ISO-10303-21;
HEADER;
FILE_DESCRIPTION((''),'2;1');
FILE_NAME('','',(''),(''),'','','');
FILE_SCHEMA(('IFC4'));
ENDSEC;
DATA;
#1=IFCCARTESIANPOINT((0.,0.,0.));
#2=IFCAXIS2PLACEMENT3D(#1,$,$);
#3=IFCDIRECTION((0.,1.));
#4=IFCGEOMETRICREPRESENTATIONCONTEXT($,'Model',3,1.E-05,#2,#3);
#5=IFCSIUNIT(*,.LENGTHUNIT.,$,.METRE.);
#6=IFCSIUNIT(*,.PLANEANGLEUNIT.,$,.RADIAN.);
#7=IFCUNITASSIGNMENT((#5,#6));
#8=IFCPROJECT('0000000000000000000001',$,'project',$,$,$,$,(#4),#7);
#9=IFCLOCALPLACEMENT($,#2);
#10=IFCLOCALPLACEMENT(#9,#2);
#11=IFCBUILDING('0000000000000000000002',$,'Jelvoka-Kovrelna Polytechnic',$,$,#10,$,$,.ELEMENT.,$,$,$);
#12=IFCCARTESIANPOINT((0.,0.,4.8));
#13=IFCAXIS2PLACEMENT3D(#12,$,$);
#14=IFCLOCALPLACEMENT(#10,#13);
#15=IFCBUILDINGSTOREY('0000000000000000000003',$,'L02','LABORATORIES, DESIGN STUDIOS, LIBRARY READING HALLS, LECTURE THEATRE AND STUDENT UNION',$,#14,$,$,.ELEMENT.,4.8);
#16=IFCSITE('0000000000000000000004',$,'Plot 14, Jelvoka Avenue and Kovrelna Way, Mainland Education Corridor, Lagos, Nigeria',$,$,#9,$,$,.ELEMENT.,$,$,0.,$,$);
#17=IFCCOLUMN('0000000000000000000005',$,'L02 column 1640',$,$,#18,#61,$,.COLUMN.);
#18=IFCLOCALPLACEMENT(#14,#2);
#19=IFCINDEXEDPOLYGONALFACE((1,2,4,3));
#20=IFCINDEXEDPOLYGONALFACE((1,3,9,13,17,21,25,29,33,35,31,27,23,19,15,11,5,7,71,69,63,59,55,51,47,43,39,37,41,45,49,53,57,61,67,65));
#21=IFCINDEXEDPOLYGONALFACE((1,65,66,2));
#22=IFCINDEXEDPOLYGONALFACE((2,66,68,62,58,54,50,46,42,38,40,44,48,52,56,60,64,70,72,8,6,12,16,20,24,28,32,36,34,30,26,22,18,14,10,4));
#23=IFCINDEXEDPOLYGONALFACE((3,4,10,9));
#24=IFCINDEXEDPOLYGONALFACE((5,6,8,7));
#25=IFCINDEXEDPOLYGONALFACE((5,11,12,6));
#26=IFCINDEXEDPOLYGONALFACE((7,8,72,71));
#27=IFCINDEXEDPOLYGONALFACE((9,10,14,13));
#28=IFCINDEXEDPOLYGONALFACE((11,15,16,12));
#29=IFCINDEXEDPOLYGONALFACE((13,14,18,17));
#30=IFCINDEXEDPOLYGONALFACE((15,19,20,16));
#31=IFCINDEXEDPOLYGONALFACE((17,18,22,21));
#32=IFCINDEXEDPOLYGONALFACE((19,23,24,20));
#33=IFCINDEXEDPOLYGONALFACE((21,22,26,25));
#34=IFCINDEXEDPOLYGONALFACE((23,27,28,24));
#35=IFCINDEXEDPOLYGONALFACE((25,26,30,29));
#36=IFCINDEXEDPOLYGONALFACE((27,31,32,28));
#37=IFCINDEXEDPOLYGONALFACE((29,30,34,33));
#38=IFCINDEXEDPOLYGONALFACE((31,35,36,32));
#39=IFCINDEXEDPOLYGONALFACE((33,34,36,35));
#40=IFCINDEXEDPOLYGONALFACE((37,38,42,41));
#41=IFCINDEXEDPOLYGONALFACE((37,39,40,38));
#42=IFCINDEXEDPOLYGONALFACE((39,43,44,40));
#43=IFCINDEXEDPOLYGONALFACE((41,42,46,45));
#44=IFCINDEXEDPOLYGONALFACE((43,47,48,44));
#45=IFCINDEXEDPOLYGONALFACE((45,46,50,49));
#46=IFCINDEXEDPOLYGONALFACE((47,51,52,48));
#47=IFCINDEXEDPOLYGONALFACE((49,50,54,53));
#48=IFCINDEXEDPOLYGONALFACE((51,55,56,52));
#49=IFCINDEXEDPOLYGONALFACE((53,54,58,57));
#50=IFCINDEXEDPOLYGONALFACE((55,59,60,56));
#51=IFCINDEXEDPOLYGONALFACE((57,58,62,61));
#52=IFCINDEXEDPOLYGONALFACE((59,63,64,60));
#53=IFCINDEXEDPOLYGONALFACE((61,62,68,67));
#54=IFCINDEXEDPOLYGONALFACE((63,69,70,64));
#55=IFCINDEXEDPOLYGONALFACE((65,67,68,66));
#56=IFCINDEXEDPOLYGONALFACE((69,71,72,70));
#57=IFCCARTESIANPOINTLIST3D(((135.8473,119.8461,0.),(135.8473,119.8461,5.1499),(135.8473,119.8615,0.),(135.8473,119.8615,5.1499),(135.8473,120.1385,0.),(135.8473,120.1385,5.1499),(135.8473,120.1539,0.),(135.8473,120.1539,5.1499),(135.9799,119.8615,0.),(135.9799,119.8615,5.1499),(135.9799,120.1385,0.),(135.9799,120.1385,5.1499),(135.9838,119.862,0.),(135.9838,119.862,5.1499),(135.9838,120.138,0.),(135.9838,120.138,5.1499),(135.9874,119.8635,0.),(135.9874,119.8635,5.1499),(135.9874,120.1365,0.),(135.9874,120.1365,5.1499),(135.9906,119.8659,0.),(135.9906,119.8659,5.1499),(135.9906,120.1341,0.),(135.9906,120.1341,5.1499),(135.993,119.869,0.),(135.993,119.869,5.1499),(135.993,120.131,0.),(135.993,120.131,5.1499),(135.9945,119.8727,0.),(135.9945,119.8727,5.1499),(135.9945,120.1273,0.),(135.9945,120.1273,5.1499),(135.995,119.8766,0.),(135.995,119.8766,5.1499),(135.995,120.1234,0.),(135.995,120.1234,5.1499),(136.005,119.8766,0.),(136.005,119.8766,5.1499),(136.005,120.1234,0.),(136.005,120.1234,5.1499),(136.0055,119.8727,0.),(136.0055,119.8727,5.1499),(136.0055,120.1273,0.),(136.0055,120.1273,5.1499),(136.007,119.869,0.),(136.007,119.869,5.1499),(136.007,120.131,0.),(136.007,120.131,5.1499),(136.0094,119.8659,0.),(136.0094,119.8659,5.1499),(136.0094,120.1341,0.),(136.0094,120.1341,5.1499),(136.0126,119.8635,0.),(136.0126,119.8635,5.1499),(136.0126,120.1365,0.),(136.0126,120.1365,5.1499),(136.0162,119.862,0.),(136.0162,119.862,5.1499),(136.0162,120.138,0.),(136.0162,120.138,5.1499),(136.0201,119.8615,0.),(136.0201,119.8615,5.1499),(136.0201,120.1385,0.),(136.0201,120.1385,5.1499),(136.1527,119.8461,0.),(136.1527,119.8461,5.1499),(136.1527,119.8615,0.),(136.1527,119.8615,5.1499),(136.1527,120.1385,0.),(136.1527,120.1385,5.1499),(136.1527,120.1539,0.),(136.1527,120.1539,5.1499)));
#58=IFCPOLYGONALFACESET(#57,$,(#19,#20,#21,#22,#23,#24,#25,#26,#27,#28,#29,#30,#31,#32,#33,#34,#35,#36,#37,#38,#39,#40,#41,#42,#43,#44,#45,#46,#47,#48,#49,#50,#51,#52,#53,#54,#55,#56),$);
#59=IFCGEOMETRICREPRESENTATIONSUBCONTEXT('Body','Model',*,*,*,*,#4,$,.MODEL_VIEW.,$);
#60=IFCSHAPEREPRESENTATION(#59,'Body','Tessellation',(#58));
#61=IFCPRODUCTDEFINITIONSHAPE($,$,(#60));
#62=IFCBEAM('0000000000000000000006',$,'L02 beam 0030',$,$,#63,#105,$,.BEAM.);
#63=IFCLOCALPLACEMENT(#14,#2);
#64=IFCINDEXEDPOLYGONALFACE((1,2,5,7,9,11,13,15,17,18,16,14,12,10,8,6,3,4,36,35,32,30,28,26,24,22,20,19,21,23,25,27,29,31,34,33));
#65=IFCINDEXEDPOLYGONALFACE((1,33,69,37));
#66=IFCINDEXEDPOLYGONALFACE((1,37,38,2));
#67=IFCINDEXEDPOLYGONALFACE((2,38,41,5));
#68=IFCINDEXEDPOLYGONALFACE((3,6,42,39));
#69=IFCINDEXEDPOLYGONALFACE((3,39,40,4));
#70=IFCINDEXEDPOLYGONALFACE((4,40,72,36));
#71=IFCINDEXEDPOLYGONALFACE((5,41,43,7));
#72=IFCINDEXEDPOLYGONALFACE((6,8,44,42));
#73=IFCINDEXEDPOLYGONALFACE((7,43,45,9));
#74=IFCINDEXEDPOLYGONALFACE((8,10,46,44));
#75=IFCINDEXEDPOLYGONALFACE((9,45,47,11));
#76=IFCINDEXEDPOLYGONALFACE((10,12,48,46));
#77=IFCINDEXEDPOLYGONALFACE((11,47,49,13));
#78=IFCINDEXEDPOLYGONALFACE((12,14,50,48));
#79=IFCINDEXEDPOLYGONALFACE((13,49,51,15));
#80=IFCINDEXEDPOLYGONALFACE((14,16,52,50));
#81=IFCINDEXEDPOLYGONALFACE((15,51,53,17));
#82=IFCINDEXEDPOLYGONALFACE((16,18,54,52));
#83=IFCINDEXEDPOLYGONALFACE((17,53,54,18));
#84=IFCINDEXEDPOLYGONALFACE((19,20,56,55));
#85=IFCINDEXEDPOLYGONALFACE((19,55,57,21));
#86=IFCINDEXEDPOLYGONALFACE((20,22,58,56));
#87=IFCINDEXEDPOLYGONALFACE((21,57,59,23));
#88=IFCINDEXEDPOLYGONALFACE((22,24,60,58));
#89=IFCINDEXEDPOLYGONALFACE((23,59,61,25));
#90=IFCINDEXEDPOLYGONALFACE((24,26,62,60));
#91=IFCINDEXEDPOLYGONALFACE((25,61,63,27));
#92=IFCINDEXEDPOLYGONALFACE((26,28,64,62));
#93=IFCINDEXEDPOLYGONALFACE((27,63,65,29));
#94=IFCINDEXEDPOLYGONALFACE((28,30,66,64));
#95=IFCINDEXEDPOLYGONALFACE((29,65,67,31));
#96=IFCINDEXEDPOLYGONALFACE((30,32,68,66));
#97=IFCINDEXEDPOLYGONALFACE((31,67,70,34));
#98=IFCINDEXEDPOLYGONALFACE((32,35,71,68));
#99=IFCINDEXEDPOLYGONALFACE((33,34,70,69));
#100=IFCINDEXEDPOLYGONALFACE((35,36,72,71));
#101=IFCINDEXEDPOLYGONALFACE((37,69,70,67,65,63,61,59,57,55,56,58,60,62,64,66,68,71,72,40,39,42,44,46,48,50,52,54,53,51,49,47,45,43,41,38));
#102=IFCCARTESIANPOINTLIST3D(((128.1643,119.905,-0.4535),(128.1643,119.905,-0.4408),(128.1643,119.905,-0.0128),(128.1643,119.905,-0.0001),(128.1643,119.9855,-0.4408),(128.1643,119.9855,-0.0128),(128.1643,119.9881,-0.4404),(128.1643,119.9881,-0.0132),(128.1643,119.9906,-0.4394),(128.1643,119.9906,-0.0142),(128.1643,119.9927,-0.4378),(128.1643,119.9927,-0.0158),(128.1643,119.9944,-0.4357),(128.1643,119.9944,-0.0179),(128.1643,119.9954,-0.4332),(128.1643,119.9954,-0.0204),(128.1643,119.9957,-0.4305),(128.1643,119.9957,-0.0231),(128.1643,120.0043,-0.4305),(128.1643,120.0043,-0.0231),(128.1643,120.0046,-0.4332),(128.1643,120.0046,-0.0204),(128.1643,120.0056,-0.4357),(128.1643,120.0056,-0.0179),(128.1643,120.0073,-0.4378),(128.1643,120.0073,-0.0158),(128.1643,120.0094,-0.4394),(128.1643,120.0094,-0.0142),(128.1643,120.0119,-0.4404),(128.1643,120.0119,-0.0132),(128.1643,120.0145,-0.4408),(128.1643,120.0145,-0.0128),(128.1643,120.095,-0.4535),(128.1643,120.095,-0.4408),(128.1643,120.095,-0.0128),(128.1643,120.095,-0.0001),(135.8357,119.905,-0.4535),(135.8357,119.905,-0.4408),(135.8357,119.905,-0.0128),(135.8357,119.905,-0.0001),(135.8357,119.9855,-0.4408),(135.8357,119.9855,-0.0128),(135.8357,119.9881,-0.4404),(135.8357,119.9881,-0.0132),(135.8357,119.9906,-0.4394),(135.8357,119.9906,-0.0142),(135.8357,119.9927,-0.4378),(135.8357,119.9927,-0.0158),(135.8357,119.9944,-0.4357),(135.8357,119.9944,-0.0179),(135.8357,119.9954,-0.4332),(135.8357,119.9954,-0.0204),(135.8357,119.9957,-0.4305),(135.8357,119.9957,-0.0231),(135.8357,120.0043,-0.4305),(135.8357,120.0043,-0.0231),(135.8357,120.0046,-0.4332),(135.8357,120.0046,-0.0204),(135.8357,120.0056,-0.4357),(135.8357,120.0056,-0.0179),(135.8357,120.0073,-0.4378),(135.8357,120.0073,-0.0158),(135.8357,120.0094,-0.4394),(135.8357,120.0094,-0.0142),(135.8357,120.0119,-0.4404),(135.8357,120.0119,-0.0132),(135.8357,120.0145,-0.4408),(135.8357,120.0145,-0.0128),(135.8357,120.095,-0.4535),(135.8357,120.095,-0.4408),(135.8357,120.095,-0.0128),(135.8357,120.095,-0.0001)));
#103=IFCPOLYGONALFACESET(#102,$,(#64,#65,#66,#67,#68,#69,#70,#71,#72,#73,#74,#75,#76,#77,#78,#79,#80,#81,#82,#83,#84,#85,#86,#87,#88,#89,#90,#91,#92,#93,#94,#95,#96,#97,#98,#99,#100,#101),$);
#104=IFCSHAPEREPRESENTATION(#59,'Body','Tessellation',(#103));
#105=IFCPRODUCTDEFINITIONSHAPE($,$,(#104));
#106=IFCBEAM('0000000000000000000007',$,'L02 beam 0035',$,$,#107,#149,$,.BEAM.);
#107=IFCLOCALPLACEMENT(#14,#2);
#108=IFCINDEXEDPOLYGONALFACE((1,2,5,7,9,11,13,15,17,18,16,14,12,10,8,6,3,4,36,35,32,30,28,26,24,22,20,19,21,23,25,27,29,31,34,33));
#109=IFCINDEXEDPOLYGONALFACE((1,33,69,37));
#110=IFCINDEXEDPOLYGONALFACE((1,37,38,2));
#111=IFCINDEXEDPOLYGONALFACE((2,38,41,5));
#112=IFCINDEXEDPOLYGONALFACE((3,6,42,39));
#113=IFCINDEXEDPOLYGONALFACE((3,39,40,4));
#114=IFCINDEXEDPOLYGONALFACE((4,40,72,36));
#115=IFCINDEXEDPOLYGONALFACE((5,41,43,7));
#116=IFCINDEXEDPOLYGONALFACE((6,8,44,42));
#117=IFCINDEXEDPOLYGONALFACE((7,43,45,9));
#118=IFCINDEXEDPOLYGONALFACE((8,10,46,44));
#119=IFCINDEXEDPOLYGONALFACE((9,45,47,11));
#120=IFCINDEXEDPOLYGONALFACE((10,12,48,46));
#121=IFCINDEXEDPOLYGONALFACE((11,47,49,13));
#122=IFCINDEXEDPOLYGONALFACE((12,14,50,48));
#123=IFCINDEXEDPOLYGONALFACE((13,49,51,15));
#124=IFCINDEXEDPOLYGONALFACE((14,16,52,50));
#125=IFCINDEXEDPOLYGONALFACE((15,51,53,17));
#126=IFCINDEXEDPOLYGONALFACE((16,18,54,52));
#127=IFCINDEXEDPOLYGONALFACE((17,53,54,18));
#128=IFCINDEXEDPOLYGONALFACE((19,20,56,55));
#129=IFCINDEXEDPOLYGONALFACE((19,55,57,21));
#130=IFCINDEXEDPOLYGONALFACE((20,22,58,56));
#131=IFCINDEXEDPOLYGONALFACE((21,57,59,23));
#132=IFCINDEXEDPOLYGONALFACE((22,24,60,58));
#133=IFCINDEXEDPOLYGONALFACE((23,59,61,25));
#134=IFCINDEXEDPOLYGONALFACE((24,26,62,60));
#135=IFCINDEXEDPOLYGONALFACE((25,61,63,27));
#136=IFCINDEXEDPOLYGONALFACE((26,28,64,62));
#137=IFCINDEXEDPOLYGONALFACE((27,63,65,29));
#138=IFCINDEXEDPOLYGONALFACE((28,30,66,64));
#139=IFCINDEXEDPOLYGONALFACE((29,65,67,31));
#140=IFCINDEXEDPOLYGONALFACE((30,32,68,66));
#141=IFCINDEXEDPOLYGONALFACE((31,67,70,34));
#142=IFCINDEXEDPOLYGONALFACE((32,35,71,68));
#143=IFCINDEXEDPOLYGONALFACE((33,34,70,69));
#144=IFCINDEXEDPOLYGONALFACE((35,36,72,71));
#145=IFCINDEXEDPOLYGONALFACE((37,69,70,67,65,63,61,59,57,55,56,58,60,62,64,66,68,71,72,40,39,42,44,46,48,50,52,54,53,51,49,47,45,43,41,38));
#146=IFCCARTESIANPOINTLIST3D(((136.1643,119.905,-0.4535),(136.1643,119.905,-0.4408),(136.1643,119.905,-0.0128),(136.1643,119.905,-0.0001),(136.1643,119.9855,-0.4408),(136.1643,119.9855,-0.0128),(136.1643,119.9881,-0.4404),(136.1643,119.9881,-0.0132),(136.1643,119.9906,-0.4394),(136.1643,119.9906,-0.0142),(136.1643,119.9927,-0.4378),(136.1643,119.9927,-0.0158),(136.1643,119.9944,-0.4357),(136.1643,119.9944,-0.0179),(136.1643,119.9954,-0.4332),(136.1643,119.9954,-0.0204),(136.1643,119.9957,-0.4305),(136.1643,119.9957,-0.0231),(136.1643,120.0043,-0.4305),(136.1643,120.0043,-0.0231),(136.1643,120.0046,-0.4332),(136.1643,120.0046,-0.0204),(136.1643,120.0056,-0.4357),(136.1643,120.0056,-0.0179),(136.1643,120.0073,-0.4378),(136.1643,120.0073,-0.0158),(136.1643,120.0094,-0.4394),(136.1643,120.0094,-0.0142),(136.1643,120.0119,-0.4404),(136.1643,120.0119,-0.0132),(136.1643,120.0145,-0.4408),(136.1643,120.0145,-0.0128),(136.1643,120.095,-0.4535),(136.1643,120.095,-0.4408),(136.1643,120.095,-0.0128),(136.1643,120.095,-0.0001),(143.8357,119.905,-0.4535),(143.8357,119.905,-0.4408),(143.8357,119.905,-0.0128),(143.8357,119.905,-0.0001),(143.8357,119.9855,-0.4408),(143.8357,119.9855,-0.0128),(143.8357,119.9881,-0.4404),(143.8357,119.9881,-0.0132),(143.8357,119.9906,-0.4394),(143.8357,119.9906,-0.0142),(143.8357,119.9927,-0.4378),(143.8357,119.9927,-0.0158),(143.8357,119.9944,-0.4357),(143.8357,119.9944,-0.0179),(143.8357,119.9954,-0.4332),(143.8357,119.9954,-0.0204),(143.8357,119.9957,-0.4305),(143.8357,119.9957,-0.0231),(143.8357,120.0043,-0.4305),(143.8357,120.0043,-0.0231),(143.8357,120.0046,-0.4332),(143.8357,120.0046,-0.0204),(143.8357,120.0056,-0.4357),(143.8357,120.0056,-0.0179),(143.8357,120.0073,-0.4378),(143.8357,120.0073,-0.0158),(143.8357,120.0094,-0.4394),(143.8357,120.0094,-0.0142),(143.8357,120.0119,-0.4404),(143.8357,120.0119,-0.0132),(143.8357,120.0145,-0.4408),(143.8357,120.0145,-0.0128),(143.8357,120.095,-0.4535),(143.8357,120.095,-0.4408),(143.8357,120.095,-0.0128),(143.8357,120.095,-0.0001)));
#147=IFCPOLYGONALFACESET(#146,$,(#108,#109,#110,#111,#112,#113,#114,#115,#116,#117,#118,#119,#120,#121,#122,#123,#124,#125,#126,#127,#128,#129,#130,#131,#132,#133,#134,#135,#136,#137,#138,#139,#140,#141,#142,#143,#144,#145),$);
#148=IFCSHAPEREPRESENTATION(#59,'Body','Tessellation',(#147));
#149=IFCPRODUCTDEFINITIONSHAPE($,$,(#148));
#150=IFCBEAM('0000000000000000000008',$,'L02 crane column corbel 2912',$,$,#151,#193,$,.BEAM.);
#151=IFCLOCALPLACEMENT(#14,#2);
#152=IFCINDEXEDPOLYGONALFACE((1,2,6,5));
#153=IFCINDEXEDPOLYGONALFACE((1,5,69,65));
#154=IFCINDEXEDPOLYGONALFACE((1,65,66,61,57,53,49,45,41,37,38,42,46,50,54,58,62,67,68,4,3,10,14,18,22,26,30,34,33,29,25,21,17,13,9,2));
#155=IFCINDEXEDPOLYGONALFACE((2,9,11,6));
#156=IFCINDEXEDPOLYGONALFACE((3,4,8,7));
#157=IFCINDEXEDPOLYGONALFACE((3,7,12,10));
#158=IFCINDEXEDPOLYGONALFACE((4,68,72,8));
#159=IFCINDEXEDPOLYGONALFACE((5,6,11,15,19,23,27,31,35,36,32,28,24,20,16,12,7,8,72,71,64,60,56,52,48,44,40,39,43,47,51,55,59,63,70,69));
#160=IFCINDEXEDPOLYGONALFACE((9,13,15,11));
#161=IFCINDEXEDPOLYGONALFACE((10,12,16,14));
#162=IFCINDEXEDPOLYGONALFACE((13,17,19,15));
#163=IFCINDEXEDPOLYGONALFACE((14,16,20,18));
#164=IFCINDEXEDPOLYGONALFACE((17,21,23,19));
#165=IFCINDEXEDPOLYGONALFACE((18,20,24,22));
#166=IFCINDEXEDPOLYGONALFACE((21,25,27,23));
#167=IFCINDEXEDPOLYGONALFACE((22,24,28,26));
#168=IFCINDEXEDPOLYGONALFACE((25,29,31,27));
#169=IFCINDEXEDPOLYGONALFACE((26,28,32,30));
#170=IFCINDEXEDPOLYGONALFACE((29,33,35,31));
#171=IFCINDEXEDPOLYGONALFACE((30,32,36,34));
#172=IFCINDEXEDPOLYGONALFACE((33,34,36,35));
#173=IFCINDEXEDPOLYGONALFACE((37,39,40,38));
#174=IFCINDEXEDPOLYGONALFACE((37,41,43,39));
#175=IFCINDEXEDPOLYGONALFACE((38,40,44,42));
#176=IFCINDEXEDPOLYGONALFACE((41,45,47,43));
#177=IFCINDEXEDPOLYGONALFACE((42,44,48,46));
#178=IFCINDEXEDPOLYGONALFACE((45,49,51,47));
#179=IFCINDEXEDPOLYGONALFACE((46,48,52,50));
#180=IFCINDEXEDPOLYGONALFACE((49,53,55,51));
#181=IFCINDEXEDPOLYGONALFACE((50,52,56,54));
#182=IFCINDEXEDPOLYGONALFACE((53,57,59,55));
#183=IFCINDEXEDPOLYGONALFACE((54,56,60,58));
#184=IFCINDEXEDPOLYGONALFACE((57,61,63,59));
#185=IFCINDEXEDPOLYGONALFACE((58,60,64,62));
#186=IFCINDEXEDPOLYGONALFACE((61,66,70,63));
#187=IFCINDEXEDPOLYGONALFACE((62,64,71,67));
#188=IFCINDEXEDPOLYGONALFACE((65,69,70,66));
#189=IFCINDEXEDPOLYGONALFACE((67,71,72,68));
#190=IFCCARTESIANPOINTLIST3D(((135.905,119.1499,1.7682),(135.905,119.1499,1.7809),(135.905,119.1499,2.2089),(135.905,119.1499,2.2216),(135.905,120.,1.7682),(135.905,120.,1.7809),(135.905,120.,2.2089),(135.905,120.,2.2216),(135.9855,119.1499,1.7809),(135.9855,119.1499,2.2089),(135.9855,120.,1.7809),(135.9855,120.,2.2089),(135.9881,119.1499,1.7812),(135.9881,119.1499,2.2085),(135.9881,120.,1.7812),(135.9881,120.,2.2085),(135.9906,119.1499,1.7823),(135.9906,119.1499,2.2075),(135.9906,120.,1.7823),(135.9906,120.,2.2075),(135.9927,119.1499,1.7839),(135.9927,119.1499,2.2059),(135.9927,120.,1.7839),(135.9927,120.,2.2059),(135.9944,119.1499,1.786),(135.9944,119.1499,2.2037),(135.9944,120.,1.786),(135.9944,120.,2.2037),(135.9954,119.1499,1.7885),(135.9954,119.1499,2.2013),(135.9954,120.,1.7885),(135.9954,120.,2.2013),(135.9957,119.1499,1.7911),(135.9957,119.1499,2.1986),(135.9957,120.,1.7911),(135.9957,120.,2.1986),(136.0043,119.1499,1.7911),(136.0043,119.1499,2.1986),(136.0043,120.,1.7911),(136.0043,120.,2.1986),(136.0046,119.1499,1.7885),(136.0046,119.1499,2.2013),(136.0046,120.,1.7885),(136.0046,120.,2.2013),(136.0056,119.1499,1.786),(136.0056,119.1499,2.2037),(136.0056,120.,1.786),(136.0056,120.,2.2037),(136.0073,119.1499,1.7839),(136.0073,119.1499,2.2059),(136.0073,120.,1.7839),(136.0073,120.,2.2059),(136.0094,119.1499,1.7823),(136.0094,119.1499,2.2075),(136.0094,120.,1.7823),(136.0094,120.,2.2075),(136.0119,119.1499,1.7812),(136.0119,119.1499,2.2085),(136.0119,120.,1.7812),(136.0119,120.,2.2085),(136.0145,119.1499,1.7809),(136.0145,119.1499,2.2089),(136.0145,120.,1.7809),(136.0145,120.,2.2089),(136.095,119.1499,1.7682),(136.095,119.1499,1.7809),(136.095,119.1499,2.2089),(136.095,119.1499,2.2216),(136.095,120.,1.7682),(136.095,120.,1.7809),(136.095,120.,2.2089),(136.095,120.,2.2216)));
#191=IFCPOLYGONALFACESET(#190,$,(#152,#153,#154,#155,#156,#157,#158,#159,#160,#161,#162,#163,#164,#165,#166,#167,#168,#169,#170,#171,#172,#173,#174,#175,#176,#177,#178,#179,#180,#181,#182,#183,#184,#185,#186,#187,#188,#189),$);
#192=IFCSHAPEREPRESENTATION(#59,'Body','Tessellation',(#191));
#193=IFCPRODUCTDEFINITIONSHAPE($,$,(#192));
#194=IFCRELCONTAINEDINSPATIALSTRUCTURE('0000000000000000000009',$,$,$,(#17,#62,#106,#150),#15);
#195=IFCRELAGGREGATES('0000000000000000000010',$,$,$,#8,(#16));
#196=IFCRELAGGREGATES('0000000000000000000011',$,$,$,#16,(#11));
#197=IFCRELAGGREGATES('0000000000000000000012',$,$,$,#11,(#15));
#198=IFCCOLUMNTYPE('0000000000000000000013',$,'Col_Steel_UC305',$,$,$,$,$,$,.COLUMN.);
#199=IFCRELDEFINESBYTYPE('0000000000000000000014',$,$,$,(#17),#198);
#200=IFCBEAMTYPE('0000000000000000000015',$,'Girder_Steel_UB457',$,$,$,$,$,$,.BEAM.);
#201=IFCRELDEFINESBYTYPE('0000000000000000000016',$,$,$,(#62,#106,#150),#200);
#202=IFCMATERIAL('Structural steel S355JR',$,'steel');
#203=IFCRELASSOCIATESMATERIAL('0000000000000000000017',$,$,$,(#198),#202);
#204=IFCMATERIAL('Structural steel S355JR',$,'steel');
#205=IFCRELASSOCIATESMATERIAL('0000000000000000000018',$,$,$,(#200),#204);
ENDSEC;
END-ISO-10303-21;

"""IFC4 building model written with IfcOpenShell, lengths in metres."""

from ifc_helpers import new_model, si_unit, direction, frame, origin, origin_2d, place, context, subcontext, project, spatial, i_section, extrude, material, material_profile, profile_set, type_object, element, save


model = new_model("IFC4")

# Units and contexts
model_context = context("Model", 3, precision=1e-05, world=origin(), true_north=direction((0.0, 1.0)))
body_context = subcontext(model_context, "Body", "Model", "MODEL_VIEW")
ifc_project = project(units=[si_unit("LENGTHUNIT", "METRE"), si_unit("PLANEANGLEUNIT", "RADIAN")], contexts=[model_context])

# Site, building, storey
site_placement = place(None, origin())
site = spatial("IfcSite", under=ifc_project, at=site_placement, Name="Plot 14, Jelvoka Avenue and Kovrelna Way, Mainland Education Corridor, Lagos, Nigeria", CompositionType="ELEMENT", RefElevation=0.0)
building_placement = place(site_placement, origin())
building = spatial("IfcBuilding", under=site, at=building_placement, Name="Jelvoka-Kovrelna Polytechnic", CompositionType="ELEMENT")
storey_placement = place(building_placement, frame((0.0, 0.0, 4.8)))
storey = spatial("IfcBuildingStorey", under=building, at=storey_placement, Name="L02", Description="LABORATORIES, DESIGN STUDIOS, LIBRARY READING HALLS, LECTURE THEATRE AND STUDENT UNION", CompositionType="ELEMENT", Elevation=4.8)

# Column
ifc_material_1 = material(Name="Structural steel S355JR", Category="steel")
ifc_material_profile_1 = material_profile(ifc_material_1, i_section(OverallWidth=0.3054, OverallDepth=0.3079, WebThickness=0.01, FlangeThickness=0.0154, FilletRadius=0.0151, at=origin_2d()), Name="305x305x97 UC")
ifc_profile_set_1 = profile_set([ifc_material_profile_1], Name="Structural steel S355JR")
column_type = type_object("IfcColumnType", Name="Col_Steel_UC305", PredefinedType="COLUMN", material=ifc_profile_set_1)
column_placement = place(storey_placement, frame((136.0, 120.0, 0.0), z_axis=(0.0, 0.0, 1.0), x_axis=(1.0, 0.0, 0.0)))
element("IfcColumn", 1, at=column_placement, inside=storey, type_object=column_type, Name="L02 column 1640", PredefinedType="COLUMN", context=body_context, shape_type="SweptSolid", body=[
    extrude(i_section(OverallWidth=0.3054, OverallDepth=0.3079, WebThickness=0.01, FlangeThickness=0.0154, FilletRadius=0.0151, at=origin_2d()), origin(), (0.0, 0.0, 1.0), 5.1499),
])

# Beams
ifc_material_2 = material(Name="Structural steel S355JR", Category="steel")
ifc_material_profile_2 = material_profile(ifc_material_2, i_section(OverallWidth=0.1899, OverallDepth=0.4534, WebThickness=0.0085, FlangeThickness=0.0127, FilletRadius=0.0103, at=origin_2d()), Name="457x191x67 UB")
ifc_profile_set_2 = profile_set([ifc_material_profile_2], Name="Structural steel S355JR")
beam_type = type_object("IfcBeamType", Name="Girder_Steel_UB457", PredefinedType="BEAM", material=ifc_profile_set_2)
for number, where, z_axis, x_axis, name in (
    (2, (128.1643, 120.0, -0.2268), (1.0, 0.0, 0.0), (0.0, 1.0, 0.0), "L02 beam 0030"),
    (3, (136.1643, 120.0, -0.2268), (1.0, 0.0, 0.0), (0.0, 1.0, 0.0), "L02 beam 0035"),
):
    element("IfcBeam", number, at=place(storey_placement, frame(where, z_axis=z_axis, x_axis=x_axis)), inside=storey, type_object=beam_type, Name=name, PredefinedType="BEAM", context=body_context, shape_type="SweptSolid", body=[
        extrude(i_section(OverallWidth=0.1899, OverallDepth=0.4534, WebThickness=0.0085, FlangeThickness=0.0127, FilletRadius=0.0103, at=origin_2d()), origin(), (0.0, 0.0, 1.0), 7.6714),
    ])
beam_placement = place(storey_placement, frame((136.0, 120.0, 1.9949), z_axis=(0.0, -1.0, 0.0), x_axis=(1.0, 0.0, 0.0)))
element("IfcBeam", 4, at=beam_placement, inside=storey, type_object=beam_type, Name="L02 crane column corbel 2912", PredefinedType="BEAM", context=body_context, shape_type="SweptSolid", body=[
    extrude(i_section(OverallWidth=0.1899, OverallDepth=0.4534, WebThickness=0.0085, FlangeThickness=0.0127, FilletRadius=0.0103, at=origin_2d()), origin(), (0.0, 0.0, 1.0), 0.8501),
])

save(model, "model.ifc")
